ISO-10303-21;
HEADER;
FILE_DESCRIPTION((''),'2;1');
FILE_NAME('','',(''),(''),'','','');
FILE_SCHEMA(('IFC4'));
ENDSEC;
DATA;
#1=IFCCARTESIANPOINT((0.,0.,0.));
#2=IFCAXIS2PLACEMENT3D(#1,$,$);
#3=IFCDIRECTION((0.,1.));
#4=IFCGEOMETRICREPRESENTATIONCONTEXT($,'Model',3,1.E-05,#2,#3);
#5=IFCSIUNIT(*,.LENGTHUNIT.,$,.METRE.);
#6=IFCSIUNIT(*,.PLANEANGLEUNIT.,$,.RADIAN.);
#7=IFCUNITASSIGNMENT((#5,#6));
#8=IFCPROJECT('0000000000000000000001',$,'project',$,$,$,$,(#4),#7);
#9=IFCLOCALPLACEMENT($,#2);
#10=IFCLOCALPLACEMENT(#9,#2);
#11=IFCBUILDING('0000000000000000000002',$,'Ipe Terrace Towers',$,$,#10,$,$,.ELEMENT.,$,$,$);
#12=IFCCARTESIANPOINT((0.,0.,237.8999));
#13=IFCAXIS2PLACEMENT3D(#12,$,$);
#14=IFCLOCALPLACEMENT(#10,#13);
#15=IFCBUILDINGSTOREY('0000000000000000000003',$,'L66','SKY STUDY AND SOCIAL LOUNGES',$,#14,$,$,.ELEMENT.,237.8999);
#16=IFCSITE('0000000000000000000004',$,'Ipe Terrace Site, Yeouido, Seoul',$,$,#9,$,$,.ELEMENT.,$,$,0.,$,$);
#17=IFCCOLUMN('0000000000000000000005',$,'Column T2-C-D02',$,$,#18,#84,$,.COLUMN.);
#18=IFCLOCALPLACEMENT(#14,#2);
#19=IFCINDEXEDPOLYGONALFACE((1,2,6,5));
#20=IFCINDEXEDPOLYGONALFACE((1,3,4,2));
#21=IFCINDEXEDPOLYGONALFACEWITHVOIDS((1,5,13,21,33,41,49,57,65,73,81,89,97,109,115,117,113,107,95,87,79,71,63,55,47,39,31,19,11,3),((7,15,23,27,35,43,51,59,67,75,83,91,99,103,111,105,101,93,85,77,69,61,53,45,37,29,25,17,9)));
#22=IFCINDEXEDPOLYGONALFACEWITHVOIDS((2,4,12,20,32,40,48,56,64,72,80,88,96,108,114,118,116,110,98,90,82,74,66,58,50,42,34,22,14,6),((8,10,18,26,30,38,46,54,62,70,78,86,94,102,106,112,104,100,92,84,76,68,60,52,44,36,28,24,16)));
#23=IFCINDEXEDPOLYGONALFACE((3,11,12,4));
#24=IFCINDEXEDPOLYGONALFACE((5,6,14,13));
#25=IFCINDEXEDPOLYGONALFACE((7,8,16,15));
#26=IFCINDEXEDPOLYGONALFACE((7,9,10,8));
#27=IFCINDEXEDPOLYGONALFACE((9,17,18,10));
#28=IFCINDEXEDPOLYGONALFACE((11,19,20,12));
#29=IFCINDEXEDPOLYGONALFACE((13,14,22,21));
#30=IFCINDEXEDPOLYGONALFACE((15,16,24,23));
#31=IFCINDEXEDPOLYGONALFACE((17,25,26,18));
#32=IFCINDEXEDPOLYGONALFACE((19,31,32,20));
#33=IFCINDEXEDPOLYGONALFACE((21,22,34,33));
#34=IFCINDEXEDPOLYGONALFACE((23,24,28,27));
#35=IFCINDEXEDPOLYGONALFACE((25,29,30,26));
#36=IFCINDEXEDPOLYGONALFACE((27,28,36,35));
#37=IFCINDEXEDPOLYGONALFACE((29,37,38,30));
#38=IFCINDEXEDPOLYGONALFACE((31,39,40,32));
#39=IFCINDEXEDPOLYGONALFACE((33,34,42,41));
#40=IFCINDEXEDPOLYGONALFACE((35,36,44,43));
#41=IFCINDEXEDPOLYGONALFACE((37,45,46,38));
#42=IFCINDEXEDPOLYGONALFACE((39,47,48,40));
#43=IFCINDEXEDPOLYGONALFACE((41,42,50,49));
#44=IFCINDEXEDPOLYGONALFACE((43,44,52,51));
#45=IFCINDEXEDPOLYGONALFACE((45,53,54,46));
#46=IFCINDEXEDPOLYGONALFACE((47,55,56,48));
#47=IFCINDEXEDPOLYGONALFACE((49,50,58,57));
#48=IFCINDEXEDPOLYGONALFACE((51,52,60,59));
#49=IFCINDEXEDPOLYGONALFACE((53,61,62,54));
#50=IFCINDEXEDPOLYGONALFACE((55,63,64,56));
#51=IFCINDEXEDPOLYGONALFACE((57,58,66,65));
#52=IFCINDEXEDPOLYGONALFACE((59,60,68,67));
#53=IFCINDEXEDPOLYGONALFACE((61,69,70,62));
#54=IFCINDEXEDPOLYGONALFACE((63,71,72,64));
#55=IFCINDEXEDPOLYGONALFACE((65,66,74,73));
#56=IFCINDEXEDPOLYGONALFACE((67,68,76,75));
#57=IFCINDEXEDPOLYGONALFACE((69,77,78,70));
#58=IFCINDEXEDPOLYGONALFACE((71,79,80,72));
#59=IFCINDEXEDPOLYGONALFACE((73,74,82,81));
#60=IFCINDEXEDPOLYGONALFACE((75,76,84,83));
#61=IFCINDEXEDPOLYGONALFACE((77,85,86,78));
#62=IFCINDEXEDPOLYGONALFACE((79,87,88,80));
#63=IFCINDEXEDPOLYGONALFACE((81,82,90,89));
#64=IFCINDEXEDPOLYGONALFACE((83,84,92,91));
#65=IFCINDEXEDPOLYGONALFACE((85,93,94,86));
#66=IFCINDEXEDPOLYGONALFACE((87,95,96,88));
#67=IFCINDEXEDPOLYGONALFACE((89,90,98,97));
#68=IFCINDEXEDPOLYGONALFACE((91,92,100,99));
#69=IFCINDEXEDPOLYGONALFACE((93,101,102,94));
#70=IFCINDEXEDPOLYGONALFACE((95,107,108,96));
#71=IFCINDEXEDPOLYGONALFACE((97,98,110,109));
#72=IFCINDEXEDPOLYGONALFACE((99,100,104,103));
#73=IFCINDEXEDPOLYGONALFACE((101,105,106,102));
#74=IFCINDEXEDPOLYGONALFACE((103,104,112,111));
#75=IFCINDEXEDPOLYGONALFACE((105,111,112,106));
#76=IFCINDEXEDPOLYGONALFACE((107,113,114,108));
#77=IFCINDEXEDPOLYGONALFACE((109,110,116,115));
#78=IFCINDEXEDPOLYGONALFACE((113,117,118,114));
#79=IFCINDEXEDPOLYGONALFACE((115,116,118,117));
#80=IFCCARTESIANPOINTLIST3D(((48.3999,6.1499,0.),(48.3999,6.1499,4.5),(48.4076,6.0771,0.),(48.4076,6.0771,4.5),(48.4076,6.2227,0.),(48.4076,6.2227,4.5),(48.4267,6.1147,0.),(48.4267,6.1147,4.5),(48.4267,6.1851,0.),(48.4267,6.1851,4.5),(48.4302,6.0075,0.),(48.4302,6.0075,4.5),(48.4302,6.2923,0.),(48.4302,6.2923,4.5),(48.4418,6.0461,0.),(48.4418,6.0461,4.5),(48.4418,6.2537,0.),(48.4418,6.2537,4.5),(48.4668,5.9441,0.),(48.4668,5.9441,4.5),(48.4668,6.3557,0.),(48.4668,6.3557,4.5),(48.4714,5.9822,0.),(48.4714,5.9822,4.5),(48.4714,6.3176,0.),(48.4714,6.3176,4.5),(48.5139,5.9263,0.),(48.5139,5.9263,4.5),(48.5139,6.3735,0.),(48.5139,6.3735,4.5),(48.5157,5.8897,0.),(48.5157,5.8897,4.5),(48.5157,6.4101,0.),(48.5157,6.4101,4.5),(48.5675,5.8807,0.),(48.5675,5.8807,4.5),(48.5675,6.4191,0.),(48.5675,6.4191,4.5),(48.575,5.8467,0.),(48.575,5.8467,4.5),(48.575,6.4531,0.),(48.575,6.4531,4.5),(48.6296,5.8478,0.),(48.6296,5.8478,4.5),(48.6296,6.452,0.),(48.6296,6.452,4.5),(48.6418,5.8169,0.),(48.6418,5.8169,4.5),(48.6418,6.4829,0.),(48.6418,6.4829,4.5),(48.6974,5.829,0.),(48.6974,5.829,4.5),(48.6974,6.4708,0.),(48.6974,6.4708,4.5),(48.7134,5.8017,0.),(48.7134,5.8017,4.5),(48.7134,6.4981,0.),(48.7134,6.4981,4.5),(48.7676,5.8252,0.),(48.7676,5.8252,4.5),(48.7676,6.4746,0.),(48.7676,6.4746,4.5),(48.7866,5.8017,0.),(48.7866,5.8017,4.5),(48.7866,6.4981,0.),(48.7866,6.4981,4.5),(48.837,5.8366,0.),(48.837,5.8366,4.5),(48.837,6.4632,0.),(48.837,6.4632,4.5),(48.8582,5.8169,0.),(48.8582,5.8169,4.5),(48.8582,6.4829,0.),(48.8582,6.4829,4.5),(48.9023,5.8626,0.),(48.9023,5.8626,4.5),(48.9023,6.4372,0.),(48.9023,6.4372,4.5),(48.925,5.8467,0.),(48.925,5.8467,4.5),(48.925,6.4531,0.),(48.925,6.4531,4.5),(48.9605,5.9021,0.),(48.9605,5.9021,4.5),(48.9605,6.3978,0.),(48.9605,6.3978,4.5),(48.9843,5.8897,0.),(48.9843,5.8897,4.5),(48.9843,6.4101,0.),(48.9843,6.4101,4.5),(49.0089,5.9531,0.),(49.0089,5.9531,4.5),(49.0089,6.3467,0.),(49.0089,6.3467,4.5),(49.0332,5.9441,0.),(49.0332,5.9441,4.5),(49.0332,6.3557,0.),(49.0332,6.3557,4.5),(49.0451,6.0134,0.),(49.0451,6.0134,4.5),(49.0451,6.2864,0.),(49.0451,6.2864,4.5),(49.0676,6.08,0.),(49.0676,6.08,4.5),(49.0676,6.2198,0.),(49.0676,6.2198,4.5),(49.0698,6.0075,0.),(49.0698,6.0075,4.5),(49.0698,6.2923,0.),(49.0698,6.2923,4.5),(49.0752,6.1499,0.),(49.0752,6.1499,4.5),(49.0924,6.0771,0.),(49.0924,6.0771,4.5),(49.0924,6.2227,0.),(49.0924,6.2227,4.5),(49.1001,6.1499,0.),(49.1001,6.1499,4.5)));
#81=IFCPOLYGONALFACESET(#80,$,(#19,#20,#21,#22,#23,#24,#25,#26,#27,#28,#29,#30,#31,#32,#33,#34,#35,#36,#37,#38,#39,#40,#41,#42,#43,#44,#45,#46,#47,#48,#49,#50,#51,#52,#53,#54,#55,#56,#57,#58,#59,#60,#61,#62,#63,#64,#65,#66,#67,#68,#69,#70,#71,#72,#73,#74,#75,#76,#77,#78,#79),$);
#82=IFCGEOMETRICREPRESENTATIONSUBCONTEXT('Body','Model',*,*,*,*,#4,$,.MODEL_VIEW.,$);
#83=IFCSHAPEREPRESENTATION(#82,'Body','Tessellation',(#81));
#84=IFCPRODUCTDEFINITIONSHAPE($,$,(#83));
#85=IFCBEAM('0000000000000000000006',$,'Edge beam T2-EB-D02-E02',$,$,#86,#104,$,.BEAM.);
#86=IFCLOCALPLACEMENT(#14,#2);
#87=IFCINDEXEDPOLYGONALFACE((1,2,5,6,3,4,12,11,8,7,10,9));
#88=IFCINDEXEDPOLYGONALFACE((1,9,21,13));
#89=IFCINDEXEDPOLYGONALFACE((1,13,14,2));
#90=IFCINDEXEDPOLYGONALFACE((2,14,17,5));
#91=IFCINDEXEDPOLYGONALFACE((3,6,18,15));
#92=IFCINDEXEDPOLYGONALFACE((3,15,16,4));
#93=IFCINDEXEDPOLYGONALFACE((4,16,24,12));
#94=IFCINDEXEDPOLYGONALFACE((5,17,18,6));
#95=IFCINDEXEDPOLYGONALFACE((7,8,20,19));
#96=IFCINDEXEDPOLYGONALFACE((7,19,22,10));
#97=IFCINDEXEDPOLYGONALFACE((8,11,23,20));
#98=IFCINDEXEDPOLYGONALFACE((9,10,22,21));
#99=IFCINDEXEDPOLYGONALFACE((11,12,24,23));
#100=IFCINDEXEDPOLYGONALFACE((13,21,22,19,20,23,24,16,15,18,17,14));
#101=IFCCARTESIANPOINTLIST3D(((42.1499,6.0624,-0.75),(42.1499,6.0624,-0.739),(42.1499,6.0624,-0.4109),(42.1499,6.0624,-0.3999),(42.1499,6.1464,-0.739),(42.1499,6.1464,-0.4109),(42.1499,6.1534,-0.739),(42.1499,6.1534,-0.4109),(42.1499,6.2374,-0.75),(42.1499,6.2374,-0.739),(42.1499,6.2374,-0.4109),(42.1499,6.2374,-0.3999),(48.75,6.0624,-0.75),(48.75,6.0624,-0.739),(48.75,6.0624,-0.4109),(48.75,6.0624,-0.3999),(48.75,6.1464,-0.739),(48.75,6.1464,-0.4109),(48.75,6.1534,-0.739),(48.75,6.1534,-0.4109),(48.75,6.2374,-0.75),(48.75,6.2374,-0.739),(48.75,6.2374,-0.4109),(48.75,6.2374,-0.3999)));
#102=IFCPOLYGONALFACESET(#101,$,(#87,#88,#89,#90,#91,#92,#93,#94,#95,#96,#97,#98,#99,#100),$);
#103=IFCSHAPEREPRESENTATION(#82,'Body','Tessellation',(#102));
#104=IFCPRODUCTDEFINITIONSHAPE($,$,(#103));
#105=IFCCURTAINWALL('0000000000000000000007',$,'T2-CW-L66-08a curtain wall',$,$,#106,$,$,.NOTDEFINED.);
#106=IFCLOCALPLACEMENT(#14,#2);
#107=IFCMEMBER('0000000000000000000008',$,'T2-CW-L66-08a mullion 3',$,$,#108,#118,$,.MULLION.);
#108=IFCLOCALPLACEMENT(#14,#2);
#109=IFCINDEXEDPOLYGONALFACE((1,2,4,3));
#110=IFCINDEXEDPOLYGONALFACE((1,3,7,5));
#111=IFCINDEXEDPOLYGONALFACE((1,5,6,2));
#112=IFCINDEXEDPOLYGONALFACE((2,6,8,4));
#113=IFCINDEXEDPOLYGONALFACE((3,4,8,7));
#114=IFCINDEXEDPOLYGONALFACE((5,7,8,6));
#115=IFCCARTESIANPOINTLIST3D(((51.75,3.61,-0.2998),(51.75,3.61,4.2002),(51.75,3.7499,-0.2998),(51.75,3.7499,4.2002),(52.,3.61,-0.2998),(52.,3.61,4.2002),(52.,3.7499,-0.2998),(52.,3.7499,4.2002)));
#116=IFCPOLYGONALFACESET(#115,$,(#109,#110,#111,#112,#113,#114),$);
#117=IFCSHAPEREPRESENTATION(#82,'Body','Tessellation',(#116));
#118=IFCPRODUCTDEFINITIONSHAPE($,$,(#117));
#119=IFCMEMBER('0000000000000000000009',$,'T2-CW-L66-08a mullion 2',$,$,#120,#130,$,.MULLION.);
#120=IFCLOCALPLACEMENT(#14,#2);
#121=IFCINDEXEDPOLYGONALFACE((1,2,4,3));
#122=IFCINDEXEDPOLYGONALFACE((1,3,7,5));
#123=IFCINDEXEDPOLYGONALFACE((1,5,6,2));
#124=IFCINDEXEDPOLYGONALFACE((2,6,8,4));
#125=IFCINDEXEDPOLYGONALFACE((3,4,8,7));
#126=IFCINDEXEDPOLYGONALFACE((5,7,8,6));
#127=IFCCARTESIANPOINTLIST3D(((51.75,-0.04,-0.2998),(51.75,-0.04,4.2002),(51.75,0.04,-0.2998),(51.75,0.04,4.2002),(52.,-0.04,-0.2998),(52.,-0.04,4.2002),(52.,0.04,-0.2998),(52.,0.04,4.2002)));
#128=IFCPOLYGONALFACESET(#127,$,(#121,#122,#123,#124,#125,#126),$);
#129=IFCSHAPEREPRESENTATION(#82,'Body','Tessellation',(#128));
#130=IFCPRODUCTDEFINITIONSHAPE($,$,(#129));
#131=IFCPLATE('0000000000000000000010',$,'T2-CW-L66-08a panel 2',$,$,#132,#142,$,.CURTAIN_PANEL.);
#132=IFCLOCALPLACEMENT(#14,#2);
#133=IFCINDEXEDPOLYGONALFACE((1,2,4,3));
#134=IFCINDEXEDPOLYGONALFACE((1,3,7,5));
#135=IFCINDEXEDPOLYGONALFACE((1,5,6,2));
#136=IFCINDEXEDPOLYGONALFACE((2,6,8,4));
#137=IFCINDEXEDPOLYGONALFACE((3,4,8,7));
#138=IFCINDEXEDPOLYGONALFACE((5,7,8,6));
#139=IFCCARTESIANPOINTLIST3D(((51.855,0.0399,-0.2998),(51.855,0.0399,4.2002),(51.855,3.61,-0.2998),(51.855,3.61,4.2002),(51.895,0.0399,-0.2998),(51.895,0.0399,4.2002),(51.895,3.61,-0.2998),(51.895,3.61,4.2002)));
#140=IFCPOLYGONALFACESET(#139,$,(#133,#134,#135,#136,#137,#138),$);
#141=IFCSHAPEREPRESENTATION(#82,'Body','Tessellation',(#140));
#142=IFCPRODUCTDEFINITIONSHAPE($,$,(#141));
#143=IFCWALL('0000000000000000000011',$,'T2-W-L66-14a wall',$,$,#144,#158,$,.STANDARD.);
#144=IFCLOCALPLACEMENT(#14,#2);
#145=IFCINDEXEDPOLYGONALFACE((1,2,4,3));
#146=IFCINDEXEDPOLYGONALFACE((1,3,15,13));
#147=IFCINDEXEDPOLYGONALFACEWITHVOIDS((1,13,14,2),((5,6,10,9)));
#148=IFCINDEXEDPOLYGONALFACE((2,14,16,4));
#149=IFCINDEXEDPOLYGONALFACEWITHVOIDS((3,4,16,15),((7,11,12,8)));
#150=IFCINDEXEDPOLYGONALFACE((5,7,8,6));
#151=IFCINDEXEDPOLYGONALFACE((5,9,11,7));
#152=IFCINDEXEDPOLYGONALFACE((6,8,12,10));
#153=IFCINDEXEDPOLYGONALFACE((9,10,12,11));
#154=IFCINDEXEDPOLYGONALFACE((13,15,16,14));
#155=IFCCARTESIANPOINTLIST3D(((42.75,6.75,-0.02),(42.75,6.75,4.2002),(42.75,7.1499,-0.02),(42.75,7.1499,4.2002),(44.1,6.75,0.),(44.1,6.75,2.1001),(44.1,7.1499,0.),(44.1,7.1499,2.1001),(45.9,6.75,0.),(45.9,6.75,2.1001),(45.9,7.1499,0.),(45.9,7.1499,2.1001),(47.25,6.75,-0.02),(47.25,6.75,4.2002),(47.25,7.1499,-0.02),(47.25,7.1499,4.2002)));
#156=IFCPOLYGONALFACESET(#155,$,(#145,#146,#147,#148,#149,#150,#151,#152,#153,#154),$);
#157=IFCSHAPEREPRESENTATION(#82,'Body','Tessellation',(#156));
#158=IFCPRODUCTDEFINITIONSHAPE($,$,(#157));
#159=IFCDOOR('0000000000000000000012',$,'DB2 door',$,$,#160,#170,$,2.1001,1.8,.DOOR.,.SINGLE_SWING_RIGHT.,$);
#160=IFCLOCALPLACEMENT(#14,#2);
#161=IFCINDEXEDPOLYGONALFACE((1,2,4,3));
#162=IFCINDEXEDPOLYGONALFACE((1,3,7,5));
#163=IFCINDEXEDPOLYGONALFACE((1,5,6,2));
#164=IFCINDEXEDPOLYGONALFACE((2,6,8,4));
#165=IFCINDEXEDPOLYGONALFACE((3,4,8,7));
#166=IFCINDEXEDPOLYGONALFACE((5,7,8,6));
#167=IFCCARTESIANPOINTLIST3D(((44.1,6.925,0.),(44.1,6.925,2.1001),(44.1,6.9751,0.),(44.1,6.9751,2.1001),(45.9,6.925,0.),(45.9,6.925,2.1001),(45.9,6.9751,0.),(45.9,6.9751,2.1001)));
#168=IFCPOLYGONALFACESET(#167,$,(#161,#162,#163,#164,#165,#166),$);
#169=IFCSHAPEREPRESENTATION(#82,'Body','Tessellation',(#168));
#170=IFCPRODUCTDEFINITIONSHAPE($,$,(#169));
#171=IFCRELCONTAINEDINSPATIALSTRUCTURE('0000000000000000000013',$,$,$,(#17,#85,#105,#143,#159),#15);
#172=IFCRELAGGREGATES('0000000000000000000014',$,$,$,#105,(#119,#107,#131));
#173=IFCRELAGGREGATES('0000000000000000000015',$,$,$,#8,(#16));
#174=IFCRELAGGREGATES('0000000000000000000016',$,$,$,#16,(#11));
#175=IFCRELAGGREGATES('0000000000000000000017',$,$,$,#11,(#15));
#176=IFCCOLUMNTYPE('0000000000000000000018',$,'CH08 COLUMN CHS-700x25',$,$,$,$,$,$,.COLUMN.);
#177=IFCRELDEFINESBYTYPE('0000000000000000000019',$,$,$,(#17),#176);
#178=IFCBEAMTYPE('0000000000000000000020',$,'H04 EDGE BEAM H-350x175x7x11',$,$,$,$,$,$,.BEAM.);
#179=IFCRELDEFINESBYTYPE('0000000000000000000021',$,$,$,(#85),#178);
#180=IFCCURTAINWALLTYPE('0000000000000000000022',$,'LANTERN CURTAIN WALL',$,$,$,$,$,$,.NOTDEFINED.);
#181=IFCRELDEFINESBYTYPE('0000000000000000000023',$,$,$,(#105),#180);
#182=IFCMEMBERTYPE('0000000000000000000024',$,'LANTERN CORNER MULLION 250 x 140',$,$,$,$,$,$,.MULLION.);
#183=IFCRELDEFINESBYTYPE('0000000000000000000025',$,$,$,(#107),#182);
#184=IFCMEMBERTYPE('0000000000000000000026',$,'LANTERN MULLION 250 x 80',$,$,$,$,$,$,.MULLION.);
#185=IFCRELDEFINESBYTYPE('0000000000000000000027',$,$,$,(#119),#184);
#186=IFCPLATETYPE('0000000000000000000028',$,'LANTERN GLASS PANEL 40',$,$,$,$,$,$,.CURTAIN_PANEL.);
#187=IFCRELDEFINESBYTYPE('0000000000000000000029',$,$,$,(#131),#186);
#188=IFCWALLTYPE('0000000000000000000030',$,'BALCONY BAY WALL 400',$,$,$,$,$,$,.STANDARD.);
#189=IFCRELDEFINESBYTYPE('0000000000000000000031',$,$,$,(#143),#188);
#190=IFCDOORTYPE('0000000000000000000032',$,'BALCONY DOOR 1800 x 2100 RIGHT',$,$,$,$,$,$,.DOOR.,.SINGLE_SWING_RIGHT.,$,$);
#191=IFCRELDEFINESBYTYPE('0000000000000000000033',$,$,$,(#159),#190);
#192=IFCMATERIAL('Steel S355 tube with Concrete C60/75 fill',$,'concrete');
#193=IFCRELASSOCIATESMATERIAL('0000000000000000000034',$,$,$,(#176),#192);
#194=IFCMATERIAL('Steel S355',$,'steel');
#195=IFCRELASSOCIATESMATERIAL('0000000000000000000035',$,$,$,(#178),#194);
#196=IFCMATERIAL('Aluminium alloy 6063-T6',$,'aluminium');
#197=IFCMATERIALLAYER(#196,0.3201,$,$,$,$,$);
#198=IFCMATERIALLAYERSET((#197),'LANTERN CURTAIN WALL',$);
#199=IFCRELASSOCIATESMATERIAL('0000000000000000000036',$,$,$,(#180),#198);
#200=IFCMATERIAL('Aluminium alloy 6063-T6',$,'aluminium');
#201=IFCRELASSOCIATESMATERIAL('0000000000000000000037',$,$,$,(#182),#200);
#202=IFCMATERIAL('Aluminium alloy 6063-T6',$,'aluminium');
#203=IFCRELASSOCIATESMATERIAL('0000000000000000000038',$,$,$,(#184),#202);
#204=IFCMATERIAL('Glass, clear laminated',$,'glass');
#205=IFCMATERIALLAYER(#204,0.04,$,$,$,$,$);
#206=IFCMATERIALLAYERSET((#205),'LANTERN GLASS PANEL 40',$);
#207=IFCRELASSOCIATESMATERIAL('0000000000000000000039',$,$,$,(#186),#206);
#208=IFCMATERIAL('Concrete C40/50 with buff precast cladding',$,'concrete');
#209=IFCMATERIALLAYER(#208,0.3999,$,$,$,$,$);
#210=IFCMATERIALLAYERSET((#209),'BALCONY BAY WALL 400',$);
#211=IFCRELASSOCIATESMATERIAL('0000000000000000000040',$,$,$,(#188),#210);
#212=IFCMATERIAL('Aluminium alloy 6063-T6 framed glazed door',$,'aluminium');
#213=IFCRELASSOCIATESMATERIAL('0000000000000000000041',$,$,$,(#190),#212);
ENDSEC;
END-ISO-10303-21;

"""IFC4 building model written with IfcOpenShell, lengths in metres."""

from ifc_helpers import new_model, si_unit, direction, frame, frame_2d, origin, origin_2d, place, context, subcontext, project, spatial, rectangle, hollow_circle, i_section, extrude, material, layer, layer_set, material_profile, profile_set, type_object, element, fill, aggregate, save


model = new_model("IFC4")

# Units and contexts
model_context = context("Model", 3, precision=1e-05, world=origin(), true_north=direction((0.0, 1.0)))
body_context = subcontext(model_context, "Body", "Model", "MODEL_VIEW")
ifc_project = project(units=[si_unit("LENGTHUNIT", "METRE"), si_unit("PLANEANGLEUNIT", "RADIAN")], contexts=[model_context])

# Site, building, storey
site_placement = place(None, origin())
site = spatial("IfcSite", under=ifc_project, at=site_placement, Name="Ipe Terrace Site, Yeouido, Seoul", CompositionType="ELEMENT", RefElevation=0.0)
building_placement = place(site_placement, origin())
building = spatial("IfcBuilding", under=site, at=building_placement, Name="Ipe Terrace Towers", CompositionType="ELEMENT")
storey_placement = place(building_placement, frame((0.0, 0.0, 237.8999)))
storey = spatial("IfcBuildingStorey", under=building, at=storey_placement, Name="L66", Description="SKY STUDY AND SOCIAL LOUNGES", CompositionType="ELEMENT", Elevation=237.8999)

# Column
ifc_material_1 = material(Name="Steel S355 tube with Concrete C60/75 fill", Category="concrete")
ifc_material_profile_1 = material_profile(ifc_material_1, hollow_circle(Radius=0.3501, WallThickness=0.0249, at=origin_2d()), Name="CHS-700x25")
ifc_profile_set_1 = profile_set([ifc_material_profile_1], Name="Steel S355 tube with Concrete C60/75 fill")
column_type = type_object("IfcColumnType", Name="CH08 COLUMN CHS-700x25", PredefinedType="COLUMN", material=ifc_profile_set_1)
column_placement = place(storey_placement, frame((48.75, 6.1499, 0.0), z_axis=(0.0, 0.0, 1.0), x_axis=(1.0, 0.0, 0.0)))
element("IfcColumn", 1, at=column_placement, inside=storey, type_object=column_type, Name="Column T2-C-D02", PredefinedType="COLUMN", context=body_context, shape_type="SweptSolid", body=[
    extrude(hollow_circle(Radius=0.3501, WallThickness=0.0249, at=origin_2d()), origin(), (0.0, 0.0, 1.0), 4.5),
])

# Beam
ifc_material_2 = material(Name="Steel S355", Category="steel")
ifc_material_profile_2 = material_profile(ifc_material_2, i_section(OverallWidth=0.175, OverallDepth=0.3501, WebThickness=0.0071, FlangeThickness=0.011, at=origin_2d()), Name="H-350x175x7x11")
ifc_profile_set_2 = profile_set([ifc_material_profile_2], Name="Steel S355")
beam_type = type_object("IfcBeamType", Name="H04 EDGE BEAM H-350x175x7x11", PredefinedType="BEAM", material=ifc_profile_set_2)
beam_placement = place(storey_placement, frame((48.75, 6.1499, -0.575), z_axis=(-1.0, 0.0, 0.0), x_axis=(0.0, -1.0, 0.0)))
element("IfcBeam", 2, at=beam_placement, inside=storey, type_object=beam_type, Name="Edge beam T2-EB-D02-E02", PredefinedType="BEAM", context=body_context, shape_type="SweptSolid", body=[
    extrude(i_section(OverallWidth=0.175, OverallDepth=0.3501, WebThickness=0.0071, FlangeThickness=0.011, at=origin_2d()), origin(), (0.0, 0.0, 1.0), 6.6001),
])

# Curtain wall, members, plate
ifc_material_3 = material(Name="Aluminium alloy 6063-T6", Category="aluminium")
ifc_layer_1 = layer(ifc_material_3, 0.3201)
ifc_layer_set_1 = layer_set([ifc_layer_1], Name="LANTERN CURTAIN WALL")
curtain_wall_type = type_object("IfcCurtainWallType", Name="LANTERN CURTAIN WALL", PredefinedType="NOTDEFINED", material=ifc_layer_set_1)
curtain_wall_placement = place(storey_placement, origin())
curtain_wall = element("IfcCurtainWall", 3, at=curtain_wall_placement, inside=storey, type_object=curtain_wall_type, Name="T2-CW-L66-08a curtain wall", PredefinedType="NOTDEFINED")
ifc_material_4 = material(Name="Aluminium alloy 6063-T6", Category="aluminium")
ifc_material_profile_3 = material_profile(ifc_material_4, rectangle(XDim=0.25, YDim=0.1399, at=origin_2d()), Name="LANTERN CORNER MULLION 250 x 140")
ifc_profile_set_3 = profile_set([ifc_material_profile_3], Name="Aluminium alloy 6063-T6")
member_type_1 = type_object("IfcMemberType", Name="LANTERN CORNER MULLION 250 x 140", PredefinedType="MULLION", material=ifc_profile_set_3)
member_1_placement = place(storey_placement, frame((51.875, 3.6799, -0.2998), z_axis=(0.0, 0.0, 1.0), x_axis=(1.0, 0.0, 0.0)))
member_1 = element("IfcMember", 4, at=member_1_placement, type_object=member_type_1, Name="T2-CW-L66-08a mullion 3", PredefinedType="MULLION", context=body_context, shape_type="SweptSolid", body=[
    extrude(rectangle(XDim=0.25, YDim=0.1399, at=origin_2d()), origin(), (0.0, 0.0, 1.0), 4.5),
])
ifc_material_5 = material(Name="Aluminium alloy 6063-T6", Category="aluminium")
ifc_material_profile_4 = material_profile(ifc_material_5, rectangle(XDim=0.25, YDim=0.0801, at=origin_2d()), Name="LANTERN MULLION 250 x 80")
ifc_profile_set_4 = profile_set([ifc_material_profile_4], Name="Aluminium alloy 6063-T6")
member_type_2 = type_object("IfcMemberType", Name="LANTERN MULLION 250 x 80", PredefinedType="MULLION", material=ifc_profile_set_4)
member_2_placement = place(storey_placement, frame((51.875, 0.0, -0.2998), z_axis=(0.0, 0.0, 1.0), x_axis=(1.0, 0.0, 0.0)))
member_2 = element("IfcMember", 5, at=member_2_placement, type_object=member_type_2, Name="T2-CW-L66-08a mullion 2", PredefinedType="MULLION", context=body_context, shape_type="SweptSolid", body=[
    extrude(rectangle(XDim=0.25, YDim=0.0801, at=origin_2d()), origin(), (0.0, 0.0, 1.0), 4.5),
])
ifc_material_6 = material(Name="Glass, clear laminated", Category="glass")
ifc_layer_2 = layer(ifc_material_6, 0.04)
ifc_layer_set_2 = layer_set([ifc_layer_2], Name="LANTERN GLASS PANEL 40")
plate_type = type_object("IfcPlateType", Name="LANTERN GLASS PANEL 40", PredefinedType="CURTAIN_PANEL", material=ifc_layer_set_2)
plate_placement = place(storey_placement, frame((51.875, 1.825, -0.2998), z_axis=(0.0, 0.0, 1.0), x_axis=(0.0, 1.0, 0.0)))
plate = element("IfcPlate", 6, at=plate_placement, type_object=plate_type, Name="T2-CW-L66-08a panel 2", PredefinedType="CURTAIN_PANEL", context=body_context, shape_type="SweptSolid", body=[
    extrude(rectangle(XDim=3.5701, YDim=0.04, at=origin_2d()), origin(), (0.0, 0.0, 1.0), 4.5),
])
aggregate(curtain_wall, [member_2, member_1, plate])

# Wall, opening, door
ifc_material_7 = material(Name="Concrete C40/50 with buff precast cladding", Category="concrete")
ifc_layer_3 = layer(ifc_material_7, 0.3999)
ifc_layer_set_3 = layer_set([ifc_layer_3], Name="BALCONY BAY WALL 400")
wall_type_1 = type_object("IfcWallType", Name="BALCONY BAY WALL 400", PredefinedType="STANDARD", material=ifc_layer_set_3)
wall_1_placement = place(storey_placement, frame((47.25, 6.95, -0.02), z_axis=(0.0, 0.0, 1.0), x_axis=(-1.0, 0.0, 0.0)))
wall_1 = element("IfcWall", 7, at=wall_1_placement, inside=storey, type_object=wall_type_1, Name="T2-W-L66-14a wall", PredefinedType="STANDARD", context=body_context, shape_type="SweptSolid", body=[
    extrude(rectangle(XDim=4.5, YDim=0.3999, at=frame_2d((2.25, 0.0))), origin(), (0.0, 0.0, 1.0), 4.2202),
])
opening_1_placement = place(wall_1_placement, frame((1.3501, 0.0, 0.02)))
opening_1 = element("IfcOpeningElement", 8, at=opening_1_placement, cuts=wall_1, PredefinedType="OPENING", context=body_context, shape_type="SweptSolid", body=[
    extrude(rectangle(XDim=1.8, YDim=2.1001, at=frame_2d((0.8999, 1.05))), frame((0.0, 0.21, 0.0), z_axis=(0.0, -1.0, 0.0), x_axis=(1.0, 0.0, 0.0)), (0.0, 0.0, 1.0), 0.4199),
])
ifc_material_8 = material(Name="Aluminium alloy 6063-T6 framed glazed door", Category="aluminium")
door_type_1 = type_object("IfcDoorType", Name="BALCONY DOOR 1800 x 2100 RIGHT", OperationType="SINGLE_SWING_RIGHT", PredefinedType="DOOR", material=ifc_material_8)
door_1_placement = place(opening_1_placement, origin())
door_1 = element("IfcDoor", 9, at=door_1_placement, inside=storey, type_object=door_type_1, Name="DB2 door", OperationType="SINGLE_SWING_RIGHT", OverallHeight=2.1001, OverallWidth=1.8, PredefinedType="DOOR", context=body_context, shape_type="SweptSolid", body=[
    extrude(rectangle(XDim=1.8, YDim=2.1001, at=frame_2d((0.8999, 1.05))), frame((0.0, 0.0249, 0.0), z_axis=(0.0, -1.0, 0.0), x_axis=(1.0, 0.0, 0.0)), (0.0, 0.0, 1.0), 0.05),
])
fill(opening_1, door_1)

save(model, "model.ifc")
